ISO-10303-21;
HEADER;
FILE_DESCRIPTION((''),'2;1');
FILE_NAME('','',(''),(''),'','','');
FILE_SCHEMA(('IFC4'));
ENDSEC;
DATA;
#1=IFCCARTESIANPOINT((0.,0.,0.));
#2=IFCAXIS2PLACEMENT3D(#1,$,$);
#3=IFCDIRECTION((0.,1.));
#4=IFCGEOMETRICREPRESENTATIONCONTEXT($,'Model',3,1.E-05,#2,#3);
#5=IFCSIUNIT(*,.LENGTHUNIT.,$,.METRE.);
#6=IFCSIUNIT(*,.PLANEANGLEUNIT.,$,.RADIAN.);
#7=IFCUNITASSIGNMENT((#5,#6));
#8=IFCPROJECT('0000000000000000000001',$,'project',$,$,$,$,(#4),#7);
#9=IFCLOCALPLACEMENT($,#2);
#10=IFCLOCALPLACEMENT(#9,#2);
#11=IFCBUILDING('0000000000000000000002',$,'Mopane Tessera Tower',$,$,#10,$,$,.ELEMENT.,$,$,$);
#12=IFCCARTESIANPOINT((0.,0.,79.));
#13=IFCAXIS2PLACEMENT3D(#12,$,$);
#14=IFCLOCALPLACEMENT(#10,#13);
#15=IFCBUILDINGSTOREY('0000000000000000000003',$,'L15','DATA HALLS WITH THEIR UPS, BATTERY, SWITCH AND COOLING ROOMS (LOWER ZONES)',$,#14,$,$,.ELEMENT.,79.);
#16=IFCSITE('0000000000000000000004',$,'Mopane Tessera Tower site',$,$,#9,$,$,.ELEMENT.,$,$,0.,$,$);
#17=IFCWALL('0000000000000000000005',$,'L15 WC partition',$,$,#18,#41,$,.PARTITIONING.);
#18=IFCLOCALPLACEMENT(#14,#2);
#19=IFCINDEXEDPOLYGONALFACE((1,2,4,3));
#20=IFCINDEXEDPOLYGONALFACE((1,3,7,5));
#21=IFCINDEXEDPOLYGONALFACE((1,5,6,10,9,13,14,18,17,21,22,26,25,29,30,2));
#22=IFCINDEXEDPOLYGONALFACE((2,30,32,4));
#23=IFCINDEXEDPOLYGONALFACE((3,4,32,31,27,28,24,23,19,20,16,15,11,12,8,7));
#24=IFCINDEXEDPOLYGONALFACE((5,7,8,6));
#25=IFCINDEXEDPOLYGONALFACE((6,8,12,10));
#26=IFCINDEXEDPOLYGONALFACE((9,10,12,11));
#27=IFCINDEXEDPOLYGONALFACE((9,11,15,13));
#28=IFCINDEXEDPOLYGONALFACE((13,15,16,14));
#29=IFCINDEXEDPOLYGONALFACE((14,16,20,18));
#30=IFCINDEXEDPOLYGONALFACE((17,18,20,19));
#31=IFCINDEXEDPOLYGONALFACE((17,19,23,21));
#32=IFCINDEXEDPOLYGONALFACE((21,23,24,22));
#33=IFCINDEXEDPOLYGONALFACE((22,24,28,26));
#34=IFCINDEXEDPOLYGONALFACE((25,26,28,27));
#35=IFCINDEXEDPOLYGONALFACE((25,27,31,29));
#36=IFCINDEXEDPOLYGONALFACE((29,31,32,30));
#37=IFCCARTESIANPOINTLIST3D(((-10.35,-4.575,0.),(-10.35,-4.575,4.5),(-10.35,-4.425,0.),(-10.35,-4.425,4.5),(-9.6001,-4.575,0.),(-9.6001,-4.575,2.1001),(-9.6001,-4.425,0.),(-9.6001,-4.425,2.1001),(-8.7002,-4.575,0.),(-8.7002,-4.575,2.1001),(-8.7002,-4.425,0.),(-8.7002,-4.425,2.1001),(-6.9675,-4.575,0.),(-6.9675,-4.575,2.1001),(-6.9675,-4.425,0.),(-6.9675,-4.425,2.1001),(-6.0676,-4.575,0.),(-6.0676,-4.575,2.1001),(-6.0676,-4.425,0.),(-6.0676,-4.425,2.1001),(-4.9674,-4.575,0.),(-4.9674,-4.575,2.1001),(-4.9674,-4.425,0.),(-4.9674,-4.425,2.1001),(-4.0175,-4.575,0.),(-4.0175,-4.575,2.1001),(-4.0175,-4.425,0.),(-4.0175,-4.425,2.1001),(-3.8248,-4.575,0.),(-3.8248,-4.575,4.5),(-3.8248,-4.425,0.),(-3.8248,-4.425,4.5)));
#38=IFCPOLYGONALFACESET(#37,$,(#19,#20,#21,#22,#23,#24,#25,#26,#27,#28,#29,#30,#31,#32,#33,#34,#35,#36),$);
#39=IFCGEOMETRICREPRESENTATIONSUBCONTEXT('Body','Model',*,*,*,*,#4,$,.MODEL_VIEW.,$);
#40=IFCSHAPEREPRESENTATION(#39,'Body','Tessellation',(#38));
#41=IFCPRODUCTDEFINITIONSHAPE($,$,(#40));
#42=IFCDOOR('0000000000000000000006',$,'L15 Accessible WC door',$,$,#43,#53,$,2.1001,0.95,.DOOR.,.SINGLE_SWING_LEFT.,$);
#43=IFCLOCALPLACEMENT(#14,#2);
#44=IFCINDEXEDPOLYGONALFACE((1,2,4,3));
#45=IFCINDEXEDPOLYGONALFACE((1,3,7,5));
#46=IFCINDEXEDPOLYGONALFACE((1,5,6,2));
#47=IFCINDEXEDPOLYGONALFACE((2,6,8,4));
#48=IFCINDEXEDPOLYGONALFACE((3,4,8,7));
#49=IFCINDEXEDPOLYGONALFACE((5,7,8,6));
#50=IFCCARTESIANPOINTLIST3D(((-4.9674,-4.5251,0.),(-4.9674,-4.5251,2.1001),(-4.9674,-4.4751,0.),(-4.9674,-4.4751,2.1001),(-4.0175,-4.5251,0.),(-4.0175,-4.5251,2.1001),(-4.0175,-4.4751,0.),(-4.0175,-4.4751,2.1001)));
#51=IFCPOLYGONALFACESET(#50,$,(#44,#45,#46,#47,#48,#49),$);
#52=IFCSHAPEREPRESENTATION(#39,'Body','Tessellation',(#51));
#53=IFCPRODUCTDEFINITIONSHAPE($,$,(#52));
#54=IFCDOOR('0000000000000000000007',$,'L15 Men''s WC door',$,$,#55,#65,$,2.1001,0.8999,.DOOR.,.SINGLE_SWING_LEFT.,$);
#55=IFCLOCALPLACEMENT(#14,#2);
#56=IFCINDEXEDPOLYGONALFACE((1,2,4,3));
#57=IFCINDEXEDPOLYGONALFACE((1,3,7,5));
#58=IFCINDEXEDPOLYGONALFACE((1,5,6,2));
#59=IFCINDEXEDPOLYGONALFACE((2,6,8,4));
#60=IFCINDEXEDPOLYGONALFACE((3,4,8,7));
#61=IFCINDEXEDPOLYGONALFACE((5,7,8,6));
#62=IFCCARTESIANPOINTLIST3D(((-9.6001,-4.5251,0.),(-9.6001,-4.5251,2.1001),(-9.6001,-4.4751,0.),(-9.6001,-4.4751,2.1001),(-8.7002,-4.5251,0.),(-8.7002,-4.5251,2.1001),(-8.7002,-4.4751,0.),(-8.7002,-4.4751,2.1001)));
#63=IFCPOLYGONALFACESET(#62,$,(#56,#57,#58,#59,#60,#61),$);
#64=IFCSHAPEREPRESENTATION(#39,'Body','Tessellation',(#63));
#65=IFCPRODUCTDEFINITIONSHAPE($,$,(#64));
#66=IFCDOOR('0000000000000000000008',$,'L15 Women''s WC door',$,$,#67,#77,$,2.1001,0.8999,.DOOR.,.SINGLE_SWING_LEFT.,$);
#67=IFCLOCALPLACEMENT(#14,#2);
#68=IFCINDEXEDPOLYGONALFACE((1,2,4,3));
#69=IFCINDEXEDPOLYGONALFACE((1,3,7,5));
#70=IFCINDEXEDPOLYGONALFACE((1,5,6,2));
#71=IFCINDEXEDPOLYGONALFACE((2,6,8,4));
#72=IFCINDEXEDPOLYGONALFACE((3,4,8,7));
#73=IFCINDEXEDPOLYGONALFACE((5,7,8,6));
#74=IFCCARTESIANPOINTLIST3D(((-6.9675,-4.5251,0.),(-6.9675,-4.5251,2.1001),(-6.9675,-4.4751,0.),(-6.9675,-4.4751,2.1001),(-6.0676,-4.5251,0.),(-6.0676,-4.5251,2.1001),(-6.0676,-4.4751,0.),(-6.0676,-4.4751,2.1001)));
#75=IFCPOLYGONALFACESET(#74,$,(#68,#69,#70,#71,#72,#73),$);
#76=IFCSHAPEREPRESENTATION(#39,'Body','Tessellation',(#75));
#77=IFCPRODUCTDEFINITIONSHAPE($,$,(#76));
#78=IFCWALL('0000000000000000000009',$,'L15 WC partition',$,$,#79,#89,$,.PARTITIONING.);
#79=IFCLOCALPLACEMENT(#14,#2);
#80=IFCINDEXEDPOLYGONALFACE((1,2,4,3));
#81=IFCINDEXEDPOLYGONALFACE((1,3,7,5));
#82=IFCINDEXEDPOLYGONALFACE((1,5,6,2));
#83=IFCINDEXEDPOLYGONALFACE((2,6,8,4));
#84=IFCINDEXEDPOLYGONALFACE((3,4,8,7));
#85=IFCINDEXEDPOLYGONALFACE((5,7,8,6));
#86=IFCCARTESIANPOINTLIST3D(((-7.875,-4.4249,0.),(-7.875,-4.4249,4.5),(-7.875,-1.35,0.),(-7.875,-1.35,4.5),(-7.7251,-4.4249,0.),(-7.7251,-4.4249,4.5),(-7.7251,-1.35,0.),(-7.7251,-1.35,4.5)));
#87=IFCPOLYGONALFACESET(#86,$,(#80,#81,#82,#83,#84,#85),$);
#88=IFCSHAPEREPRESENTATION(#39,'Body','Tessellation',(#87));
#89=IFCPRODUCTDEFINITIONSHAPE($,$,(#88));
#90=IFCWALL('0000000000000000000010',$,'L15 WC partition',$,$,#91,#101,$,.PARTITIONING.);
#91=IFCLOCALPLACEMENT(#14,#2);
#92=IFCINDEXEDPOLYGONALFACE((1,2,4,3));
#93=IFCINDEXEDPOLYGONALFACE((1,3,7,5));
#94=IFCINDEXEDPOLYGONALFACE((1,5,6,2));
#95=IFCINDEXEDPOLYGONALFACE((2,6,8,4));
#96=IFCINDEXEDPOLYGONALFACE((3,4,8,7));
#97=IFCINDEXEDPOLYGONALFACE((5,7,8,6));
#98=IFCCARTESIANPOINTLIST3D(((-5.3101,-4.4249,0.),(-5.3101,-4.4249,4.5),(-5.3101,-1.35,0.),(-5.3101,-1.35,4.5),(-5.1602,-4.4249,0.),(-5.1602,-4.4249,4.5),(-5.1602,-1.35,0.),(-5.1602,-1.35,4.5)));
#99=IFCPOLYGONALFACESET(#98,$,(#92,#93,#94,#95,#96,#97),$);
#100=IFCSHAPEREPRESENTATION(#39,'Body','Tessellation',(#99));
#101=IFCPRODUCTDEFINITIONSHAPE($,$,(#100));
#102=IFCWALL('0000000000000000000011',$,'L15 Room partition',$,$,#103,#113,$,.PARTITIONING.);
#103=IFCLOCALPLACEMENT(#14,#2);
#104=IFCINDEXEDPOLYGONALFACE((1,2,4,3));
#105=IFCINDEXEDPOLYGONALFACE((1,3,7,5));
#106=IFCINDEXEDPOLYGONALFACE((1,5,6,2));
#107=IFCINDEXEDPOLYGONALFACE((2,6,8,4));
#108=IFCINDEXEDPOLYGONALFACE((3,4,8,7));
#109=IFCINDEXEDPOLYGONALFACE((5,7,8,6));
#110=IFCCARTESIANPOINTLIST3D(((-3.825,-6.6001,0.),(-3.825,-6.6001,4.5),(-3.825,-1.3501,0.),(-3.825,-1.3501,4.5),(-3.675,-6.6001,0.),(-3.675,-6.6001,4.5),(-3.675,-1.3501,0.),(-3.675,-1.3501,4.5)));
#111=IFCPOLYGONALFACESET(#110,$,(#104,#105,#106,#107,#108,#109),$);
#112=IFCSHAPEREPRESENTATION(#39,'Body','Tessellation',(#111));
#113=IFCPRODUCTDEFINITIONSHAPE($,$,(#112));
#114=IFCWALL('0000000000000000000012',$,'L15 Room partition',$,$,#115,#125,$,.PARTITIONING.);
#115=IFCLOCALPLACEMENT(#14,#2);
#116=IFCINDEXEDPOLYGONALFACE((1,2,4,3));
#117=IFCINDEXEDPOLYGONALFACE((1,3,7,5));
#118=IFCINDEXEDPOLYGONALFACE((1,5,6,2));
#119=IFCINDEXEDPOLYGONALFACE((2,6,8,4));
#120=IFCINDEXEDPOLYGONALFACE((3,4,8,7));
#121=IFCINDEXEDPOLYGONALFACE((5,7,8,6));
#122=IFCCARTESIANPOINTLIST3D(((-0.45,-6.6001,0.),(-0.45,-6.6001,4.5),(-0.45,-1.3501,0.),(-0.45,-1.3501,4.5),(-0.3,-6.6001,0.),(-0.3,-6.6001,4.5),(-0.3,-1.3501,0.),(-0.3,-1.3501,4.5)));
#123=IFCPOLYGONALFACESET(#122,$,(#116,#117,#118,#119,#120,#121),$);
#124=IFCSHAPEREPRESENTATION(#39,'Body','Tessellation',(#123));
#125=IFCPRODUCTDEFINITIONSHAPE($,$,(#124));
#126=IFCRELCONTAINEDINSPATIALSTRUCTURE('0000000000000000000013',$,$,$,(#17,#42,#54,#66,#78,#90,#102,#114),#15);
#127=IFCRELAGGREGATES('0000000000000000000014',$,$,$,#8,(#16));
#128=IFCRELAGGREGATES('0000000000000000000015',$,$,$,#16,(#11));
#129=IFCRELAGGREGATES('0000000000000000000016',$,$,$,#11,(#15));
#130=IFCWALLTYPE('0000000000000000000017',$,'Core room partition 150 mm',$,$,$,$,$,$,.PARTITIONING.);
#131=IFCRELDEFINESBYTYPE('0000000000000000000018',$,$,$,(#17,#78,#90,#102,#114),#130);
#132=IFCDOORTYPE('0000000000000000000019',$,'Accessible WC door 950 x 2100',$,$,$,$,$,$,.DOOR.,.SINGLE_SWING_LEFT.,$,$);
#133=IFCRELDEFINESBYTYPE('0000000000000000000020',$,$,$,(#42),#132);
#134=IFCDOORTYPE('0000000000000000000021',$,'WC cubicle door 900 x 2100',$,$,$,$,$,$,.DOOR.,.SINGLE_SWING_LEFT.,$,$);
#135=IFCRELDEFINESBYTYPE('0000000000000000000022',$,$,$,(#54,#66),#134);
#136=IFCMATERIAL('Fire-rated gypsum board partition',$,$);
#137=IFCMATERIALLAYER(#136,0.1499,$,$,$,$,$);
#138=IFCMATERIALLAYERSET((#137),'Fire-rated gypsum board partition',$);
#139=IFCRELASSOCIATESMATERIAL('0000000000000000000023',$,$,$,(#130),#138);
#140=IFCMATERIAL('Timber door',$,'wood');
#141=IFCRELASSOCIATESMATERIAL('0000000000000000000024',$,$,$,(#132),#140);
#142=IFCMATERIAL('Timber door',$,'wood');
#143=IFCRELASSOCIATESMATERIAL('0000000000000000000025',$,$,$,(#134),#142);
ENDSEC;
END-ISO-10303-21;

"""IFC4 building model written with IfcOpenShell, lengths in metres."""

from ifc_helpers import new_model, si_unit, direction, frame, frame_2d, origin, place, context, subcontext, project, spatial, rectangle, extrude, material, layer, layer_set, type_object, element, fill, save


model = new_model("IFC4")

# Units and contexts
model_context = context("Model", 3, precision=1e-05, world=origin(), true_north=direction((0.0, 1.0)))
body_context = subcontext(model_context, "Body", "Model", "MODEL_VIEW")
ifc_project = project(units=[si_unit("LENGTHUNIT", "METRE"), si_unit("PLANEANGLEUNIT", "RADIAN")], contexts=[model_context])

# Site, building, storey
site_placement = place(None, origin())
site = spatial("IfcSite", under=ifc_project, at=site_placement, Name="Mopane Tessera Tower site", CompositionType="ELEMENT", RefElevation=0.0)
building_placement = place(site_placement, origin())
building = spatial("IfcBuilding", under=site, at=building_placement, Name="Mopane Tessera Tower", CompositionType="ELEMENT")
storey_placement = place(building_placement, frame((0.0, 0.0, 79.0)))
storey = spatial("IfcBuildingStorey", under=building, at=storey_placement, Name="L15", Description="DATA HALLS WITH THEIR UPS, BATTERY, SWITCH AND COOLING ROOMS (LOWER ZONES)", CompositionType="ELEMENT", Elevation=79.0)

# Wall, openings, doors
ifc_material_1 = material(Name="Fire-rated gypsum board partition")
ifc_layer_1 = layer(ifc_material_1, 0.1499)
ifc_layer_set_1 = layer_set([ifc_layer_1], Name="Fire-rated gypsum board partition")
wall_type_1 = type_object("IfcWallType", Name="Core room partition 150 mm", PredefinedType="PARTITIONING", material=ifc_layer_set_1)
wall_1_placement = place(storey_placement, frame((-10.3501, -4.5, 0.0), z_axis=(0.0, 0.0, 1.0), x_axis=(1.0, 0.0, 0.0)))
wall_1 = element("IfcWall", 1, at=wall_1_placement, inside=storey, type_object=wall_type_1, Name="L15 WC partition", PredefinedType="PARTITIONING", context=body_context, shape_type="SweptSolid", body=[
    extrude(rectangle(XDim=6.5251, YDim=0.1499, at=frame_2d((3.2627, 0.0))), origin(), (0.0, 0.0, 1.0), 4.5),
])
opening_1_placement = place(wall_1_placement, frame((0.75, 0.0, 0.0)))
opening_1 = element("IfcOpeningElement", 2, at=opening_1_placement, cuts=wall_1, PredefinedType="OPENING", context=body_context, shape_type="SweptSolid", body=[
    extrude(rectangle(XDim=0.8999, YDim=2.1001, at=frame_2d((0.45, 1.05))), frame((0.0, 0.0869, 0.0), z_axis=(0.0, -1.0, 0.0), x_axis=(1.0, 0.0, 0.0)), (0.0, 0.0, 1.0), 0.1738),
])
opening_2_placement = place(wall_1_placement, frame((3.3826, 0.0, 0.0)))
opening_2 = element("IfcOpeningElement", 3, at=opening_2_placement, cuts=wall_1, PredefinedType="OPENING", context=body_context, shape_type="SweptSolid", body=[
    extrude(rectangle(XDim=0.8999, YDim=2.1001, at=frame_2d((0.45, 1.05))), frame((0.0, 0.0869, 0.0), z_axis=(0.0, -1.0, 0.0), x_axis=(1.0, 0.0, 0.0)), (0.0, 0.0, 1.0), 0.1738),
])
opening_3_placement = place(wall_1_placement, frame((5.3826, 0.0, 0.0)))
opening_3 = element("IfcOpeningElement", 4, at=opening_3_placement, cuts=wall_1, PredefinedType="OPENING", context=body_context, shape_type="SweptSolid", body=[
    extrude(rectangle(XDim=0.95, YDim=2.1001, at=frame_2d((0.4751, 1.05))), frame((0.0, 0.0869, 0.0), z_axis=(0.0, -1.0, 0.0), x_axis=(1.0, 0.0, 0.0)), (0.0, 0.0, 1.0), 0.1738),
])
ifc_material_2 = material(Name="Timber door", Category="wood")
door_type_1 = type_object("IfcDoorType", Name="Accessible WC door 950 x 2100", OperationType="SINGLE_SWING_LEFT", PredefinedType="DOOR", material=ifc_material_2)
door_1_placement = place(opening_3_placement, origin())
door_1 = element("IfcDoor", 5, at=door_1_placement, inside=storey, type_object=door_type_1, Name="L15 Accessible WC door", OperationType="SINGLE_SWING_LEFT", OverallHeight=2.1001, OverallWidth=0.95, PredefinedType="DOOR", context=body_context, shape_type="SweptSolid", body=[
    extrude(rectangle(XDim=0.95, YDim=2.1001, at=frame_2d((0.4751, 1.05))), frame((0.0, 0.0249, 0.0), z_axis=(0.0, -1.0, 0.0), x_axis=(1.0, 0.0, 0.0)), (0.0, 0.0, 1.0), 0.05),
])
fill(opening_3, door_1)
ifc_material_3 = material(Name="Timber door", Category="wood")
door_type_2 = type_object("IfcDoorType", Name="WC cubicle door 900 x 2100", OperationType="SINGLE_SWING_LEFT", PredefinedType="DOOR", material=ifc_material_3)
door_2_placement = place(opening_1_placement, origin())
door_2 = element("IfcDoor", 6, at=door_2_placement, inside=storey, type_object=door_type_2, Name="L15 Men's WC door", OperationType="SINGLE_SWING_LEFT", OverallHeight=2.1001, OverallWidth=0.8999, PredefinedType="DOOR", context=body_context, shape_type="SweptSolid", body=[
    extrude(rectangle(XDim=0.8999, YDim=2.1001, at=frame_2d((0.45, 1.05))), frame((0.0, 0.0249, 0.0), z_axis=(0.0, -1.0, 0.0), x_axis=(1.0, 0.0, 0.0)), (0.0, 0.0, 1.0), 0.05),
])
fill(opening_1, door_2)
door_3_placement = place(opening_2_placement, origin())
door_3 = element("IfcDoor", 7, at=door_3_placement, inside=storey, type_object=door_type_2, Name="L15 Women's WC door", OperationType="SINGLE_SWING_LEFT", OverallHeight=2.1001, OverallWidth=0.8999, PredefinedType="DOOR", context=body_context, shape_type="SweptSolid", body=[
    extrude(rectangle(XDim=0.8999, YDim=2.1001, at=frame_2d((0.45, 1.05))), frame((0.0, 0.0249, 0.0), z_axis=(0.0, -1.0, 0.0), x_axis=(1.0, 0.0, 0.0)), (0.0, 0.0, 1.0), 0.05),
])
fill(opening_2, door_3)

# Walls
for number, where, z_axis, x_axis, name in (
    (8, (-7.8, -4.425, 0.0), (0.0, 0.0, 1.0), (0.0, 1.0, 0.0), "L15 WC partition"),
    (9, (-5.2351, -4.425, 0.0), (0.0, 0.0, 1.0), (0.0, 1.0, 0.0), "L15 WC partition"),
):
    element("IfcWall", number, at=place(storey_placement, frame(where, z_axis=z_axis, x_axis=x_axis)), inside=storey, type_object=wall_type_1, Name=name, PredefinedType="PARTITIONING", context=body_context, shape_type="SweptSolid", body=[
        extrude(rectangle(XDim=3.075, YDim=0.1499, at=frame_2d((1.5376, 0.0))), origin(), (0.0, 0.0, 1.0), 4.5),
    ])
for number, where, z_axis, x_axis, name in (
    (10, (-3.75, -6.6001, 0.0), (0.0, 0.0, 1.0), (0.0, 1.0, 0.0), "L15 Room partition"),
    (11, (-0.375, -6.6001, 0.0), (0.0, 0.0, 1.0), (0.0, 1.0, 0.0), "L15 Room partition"),
):
    element("IfcWall", number, at=place(storey_placement, frame(where, z_axis=z_axis, x_axis=x_axis)), inside=storey, type_object=wall_type_1, Name=name, PredefinedType="PARTITIONING", context=body_context, shape_type="SweptSolid", body=[
        extrude(rectangle(XDim=5.25, YDim=0.1499, at=frame_2d((2.625, 0.0))), origin(), (0.0, 0.0, 1.0), 4.5),
    ])

save(model, "model.ifc")
